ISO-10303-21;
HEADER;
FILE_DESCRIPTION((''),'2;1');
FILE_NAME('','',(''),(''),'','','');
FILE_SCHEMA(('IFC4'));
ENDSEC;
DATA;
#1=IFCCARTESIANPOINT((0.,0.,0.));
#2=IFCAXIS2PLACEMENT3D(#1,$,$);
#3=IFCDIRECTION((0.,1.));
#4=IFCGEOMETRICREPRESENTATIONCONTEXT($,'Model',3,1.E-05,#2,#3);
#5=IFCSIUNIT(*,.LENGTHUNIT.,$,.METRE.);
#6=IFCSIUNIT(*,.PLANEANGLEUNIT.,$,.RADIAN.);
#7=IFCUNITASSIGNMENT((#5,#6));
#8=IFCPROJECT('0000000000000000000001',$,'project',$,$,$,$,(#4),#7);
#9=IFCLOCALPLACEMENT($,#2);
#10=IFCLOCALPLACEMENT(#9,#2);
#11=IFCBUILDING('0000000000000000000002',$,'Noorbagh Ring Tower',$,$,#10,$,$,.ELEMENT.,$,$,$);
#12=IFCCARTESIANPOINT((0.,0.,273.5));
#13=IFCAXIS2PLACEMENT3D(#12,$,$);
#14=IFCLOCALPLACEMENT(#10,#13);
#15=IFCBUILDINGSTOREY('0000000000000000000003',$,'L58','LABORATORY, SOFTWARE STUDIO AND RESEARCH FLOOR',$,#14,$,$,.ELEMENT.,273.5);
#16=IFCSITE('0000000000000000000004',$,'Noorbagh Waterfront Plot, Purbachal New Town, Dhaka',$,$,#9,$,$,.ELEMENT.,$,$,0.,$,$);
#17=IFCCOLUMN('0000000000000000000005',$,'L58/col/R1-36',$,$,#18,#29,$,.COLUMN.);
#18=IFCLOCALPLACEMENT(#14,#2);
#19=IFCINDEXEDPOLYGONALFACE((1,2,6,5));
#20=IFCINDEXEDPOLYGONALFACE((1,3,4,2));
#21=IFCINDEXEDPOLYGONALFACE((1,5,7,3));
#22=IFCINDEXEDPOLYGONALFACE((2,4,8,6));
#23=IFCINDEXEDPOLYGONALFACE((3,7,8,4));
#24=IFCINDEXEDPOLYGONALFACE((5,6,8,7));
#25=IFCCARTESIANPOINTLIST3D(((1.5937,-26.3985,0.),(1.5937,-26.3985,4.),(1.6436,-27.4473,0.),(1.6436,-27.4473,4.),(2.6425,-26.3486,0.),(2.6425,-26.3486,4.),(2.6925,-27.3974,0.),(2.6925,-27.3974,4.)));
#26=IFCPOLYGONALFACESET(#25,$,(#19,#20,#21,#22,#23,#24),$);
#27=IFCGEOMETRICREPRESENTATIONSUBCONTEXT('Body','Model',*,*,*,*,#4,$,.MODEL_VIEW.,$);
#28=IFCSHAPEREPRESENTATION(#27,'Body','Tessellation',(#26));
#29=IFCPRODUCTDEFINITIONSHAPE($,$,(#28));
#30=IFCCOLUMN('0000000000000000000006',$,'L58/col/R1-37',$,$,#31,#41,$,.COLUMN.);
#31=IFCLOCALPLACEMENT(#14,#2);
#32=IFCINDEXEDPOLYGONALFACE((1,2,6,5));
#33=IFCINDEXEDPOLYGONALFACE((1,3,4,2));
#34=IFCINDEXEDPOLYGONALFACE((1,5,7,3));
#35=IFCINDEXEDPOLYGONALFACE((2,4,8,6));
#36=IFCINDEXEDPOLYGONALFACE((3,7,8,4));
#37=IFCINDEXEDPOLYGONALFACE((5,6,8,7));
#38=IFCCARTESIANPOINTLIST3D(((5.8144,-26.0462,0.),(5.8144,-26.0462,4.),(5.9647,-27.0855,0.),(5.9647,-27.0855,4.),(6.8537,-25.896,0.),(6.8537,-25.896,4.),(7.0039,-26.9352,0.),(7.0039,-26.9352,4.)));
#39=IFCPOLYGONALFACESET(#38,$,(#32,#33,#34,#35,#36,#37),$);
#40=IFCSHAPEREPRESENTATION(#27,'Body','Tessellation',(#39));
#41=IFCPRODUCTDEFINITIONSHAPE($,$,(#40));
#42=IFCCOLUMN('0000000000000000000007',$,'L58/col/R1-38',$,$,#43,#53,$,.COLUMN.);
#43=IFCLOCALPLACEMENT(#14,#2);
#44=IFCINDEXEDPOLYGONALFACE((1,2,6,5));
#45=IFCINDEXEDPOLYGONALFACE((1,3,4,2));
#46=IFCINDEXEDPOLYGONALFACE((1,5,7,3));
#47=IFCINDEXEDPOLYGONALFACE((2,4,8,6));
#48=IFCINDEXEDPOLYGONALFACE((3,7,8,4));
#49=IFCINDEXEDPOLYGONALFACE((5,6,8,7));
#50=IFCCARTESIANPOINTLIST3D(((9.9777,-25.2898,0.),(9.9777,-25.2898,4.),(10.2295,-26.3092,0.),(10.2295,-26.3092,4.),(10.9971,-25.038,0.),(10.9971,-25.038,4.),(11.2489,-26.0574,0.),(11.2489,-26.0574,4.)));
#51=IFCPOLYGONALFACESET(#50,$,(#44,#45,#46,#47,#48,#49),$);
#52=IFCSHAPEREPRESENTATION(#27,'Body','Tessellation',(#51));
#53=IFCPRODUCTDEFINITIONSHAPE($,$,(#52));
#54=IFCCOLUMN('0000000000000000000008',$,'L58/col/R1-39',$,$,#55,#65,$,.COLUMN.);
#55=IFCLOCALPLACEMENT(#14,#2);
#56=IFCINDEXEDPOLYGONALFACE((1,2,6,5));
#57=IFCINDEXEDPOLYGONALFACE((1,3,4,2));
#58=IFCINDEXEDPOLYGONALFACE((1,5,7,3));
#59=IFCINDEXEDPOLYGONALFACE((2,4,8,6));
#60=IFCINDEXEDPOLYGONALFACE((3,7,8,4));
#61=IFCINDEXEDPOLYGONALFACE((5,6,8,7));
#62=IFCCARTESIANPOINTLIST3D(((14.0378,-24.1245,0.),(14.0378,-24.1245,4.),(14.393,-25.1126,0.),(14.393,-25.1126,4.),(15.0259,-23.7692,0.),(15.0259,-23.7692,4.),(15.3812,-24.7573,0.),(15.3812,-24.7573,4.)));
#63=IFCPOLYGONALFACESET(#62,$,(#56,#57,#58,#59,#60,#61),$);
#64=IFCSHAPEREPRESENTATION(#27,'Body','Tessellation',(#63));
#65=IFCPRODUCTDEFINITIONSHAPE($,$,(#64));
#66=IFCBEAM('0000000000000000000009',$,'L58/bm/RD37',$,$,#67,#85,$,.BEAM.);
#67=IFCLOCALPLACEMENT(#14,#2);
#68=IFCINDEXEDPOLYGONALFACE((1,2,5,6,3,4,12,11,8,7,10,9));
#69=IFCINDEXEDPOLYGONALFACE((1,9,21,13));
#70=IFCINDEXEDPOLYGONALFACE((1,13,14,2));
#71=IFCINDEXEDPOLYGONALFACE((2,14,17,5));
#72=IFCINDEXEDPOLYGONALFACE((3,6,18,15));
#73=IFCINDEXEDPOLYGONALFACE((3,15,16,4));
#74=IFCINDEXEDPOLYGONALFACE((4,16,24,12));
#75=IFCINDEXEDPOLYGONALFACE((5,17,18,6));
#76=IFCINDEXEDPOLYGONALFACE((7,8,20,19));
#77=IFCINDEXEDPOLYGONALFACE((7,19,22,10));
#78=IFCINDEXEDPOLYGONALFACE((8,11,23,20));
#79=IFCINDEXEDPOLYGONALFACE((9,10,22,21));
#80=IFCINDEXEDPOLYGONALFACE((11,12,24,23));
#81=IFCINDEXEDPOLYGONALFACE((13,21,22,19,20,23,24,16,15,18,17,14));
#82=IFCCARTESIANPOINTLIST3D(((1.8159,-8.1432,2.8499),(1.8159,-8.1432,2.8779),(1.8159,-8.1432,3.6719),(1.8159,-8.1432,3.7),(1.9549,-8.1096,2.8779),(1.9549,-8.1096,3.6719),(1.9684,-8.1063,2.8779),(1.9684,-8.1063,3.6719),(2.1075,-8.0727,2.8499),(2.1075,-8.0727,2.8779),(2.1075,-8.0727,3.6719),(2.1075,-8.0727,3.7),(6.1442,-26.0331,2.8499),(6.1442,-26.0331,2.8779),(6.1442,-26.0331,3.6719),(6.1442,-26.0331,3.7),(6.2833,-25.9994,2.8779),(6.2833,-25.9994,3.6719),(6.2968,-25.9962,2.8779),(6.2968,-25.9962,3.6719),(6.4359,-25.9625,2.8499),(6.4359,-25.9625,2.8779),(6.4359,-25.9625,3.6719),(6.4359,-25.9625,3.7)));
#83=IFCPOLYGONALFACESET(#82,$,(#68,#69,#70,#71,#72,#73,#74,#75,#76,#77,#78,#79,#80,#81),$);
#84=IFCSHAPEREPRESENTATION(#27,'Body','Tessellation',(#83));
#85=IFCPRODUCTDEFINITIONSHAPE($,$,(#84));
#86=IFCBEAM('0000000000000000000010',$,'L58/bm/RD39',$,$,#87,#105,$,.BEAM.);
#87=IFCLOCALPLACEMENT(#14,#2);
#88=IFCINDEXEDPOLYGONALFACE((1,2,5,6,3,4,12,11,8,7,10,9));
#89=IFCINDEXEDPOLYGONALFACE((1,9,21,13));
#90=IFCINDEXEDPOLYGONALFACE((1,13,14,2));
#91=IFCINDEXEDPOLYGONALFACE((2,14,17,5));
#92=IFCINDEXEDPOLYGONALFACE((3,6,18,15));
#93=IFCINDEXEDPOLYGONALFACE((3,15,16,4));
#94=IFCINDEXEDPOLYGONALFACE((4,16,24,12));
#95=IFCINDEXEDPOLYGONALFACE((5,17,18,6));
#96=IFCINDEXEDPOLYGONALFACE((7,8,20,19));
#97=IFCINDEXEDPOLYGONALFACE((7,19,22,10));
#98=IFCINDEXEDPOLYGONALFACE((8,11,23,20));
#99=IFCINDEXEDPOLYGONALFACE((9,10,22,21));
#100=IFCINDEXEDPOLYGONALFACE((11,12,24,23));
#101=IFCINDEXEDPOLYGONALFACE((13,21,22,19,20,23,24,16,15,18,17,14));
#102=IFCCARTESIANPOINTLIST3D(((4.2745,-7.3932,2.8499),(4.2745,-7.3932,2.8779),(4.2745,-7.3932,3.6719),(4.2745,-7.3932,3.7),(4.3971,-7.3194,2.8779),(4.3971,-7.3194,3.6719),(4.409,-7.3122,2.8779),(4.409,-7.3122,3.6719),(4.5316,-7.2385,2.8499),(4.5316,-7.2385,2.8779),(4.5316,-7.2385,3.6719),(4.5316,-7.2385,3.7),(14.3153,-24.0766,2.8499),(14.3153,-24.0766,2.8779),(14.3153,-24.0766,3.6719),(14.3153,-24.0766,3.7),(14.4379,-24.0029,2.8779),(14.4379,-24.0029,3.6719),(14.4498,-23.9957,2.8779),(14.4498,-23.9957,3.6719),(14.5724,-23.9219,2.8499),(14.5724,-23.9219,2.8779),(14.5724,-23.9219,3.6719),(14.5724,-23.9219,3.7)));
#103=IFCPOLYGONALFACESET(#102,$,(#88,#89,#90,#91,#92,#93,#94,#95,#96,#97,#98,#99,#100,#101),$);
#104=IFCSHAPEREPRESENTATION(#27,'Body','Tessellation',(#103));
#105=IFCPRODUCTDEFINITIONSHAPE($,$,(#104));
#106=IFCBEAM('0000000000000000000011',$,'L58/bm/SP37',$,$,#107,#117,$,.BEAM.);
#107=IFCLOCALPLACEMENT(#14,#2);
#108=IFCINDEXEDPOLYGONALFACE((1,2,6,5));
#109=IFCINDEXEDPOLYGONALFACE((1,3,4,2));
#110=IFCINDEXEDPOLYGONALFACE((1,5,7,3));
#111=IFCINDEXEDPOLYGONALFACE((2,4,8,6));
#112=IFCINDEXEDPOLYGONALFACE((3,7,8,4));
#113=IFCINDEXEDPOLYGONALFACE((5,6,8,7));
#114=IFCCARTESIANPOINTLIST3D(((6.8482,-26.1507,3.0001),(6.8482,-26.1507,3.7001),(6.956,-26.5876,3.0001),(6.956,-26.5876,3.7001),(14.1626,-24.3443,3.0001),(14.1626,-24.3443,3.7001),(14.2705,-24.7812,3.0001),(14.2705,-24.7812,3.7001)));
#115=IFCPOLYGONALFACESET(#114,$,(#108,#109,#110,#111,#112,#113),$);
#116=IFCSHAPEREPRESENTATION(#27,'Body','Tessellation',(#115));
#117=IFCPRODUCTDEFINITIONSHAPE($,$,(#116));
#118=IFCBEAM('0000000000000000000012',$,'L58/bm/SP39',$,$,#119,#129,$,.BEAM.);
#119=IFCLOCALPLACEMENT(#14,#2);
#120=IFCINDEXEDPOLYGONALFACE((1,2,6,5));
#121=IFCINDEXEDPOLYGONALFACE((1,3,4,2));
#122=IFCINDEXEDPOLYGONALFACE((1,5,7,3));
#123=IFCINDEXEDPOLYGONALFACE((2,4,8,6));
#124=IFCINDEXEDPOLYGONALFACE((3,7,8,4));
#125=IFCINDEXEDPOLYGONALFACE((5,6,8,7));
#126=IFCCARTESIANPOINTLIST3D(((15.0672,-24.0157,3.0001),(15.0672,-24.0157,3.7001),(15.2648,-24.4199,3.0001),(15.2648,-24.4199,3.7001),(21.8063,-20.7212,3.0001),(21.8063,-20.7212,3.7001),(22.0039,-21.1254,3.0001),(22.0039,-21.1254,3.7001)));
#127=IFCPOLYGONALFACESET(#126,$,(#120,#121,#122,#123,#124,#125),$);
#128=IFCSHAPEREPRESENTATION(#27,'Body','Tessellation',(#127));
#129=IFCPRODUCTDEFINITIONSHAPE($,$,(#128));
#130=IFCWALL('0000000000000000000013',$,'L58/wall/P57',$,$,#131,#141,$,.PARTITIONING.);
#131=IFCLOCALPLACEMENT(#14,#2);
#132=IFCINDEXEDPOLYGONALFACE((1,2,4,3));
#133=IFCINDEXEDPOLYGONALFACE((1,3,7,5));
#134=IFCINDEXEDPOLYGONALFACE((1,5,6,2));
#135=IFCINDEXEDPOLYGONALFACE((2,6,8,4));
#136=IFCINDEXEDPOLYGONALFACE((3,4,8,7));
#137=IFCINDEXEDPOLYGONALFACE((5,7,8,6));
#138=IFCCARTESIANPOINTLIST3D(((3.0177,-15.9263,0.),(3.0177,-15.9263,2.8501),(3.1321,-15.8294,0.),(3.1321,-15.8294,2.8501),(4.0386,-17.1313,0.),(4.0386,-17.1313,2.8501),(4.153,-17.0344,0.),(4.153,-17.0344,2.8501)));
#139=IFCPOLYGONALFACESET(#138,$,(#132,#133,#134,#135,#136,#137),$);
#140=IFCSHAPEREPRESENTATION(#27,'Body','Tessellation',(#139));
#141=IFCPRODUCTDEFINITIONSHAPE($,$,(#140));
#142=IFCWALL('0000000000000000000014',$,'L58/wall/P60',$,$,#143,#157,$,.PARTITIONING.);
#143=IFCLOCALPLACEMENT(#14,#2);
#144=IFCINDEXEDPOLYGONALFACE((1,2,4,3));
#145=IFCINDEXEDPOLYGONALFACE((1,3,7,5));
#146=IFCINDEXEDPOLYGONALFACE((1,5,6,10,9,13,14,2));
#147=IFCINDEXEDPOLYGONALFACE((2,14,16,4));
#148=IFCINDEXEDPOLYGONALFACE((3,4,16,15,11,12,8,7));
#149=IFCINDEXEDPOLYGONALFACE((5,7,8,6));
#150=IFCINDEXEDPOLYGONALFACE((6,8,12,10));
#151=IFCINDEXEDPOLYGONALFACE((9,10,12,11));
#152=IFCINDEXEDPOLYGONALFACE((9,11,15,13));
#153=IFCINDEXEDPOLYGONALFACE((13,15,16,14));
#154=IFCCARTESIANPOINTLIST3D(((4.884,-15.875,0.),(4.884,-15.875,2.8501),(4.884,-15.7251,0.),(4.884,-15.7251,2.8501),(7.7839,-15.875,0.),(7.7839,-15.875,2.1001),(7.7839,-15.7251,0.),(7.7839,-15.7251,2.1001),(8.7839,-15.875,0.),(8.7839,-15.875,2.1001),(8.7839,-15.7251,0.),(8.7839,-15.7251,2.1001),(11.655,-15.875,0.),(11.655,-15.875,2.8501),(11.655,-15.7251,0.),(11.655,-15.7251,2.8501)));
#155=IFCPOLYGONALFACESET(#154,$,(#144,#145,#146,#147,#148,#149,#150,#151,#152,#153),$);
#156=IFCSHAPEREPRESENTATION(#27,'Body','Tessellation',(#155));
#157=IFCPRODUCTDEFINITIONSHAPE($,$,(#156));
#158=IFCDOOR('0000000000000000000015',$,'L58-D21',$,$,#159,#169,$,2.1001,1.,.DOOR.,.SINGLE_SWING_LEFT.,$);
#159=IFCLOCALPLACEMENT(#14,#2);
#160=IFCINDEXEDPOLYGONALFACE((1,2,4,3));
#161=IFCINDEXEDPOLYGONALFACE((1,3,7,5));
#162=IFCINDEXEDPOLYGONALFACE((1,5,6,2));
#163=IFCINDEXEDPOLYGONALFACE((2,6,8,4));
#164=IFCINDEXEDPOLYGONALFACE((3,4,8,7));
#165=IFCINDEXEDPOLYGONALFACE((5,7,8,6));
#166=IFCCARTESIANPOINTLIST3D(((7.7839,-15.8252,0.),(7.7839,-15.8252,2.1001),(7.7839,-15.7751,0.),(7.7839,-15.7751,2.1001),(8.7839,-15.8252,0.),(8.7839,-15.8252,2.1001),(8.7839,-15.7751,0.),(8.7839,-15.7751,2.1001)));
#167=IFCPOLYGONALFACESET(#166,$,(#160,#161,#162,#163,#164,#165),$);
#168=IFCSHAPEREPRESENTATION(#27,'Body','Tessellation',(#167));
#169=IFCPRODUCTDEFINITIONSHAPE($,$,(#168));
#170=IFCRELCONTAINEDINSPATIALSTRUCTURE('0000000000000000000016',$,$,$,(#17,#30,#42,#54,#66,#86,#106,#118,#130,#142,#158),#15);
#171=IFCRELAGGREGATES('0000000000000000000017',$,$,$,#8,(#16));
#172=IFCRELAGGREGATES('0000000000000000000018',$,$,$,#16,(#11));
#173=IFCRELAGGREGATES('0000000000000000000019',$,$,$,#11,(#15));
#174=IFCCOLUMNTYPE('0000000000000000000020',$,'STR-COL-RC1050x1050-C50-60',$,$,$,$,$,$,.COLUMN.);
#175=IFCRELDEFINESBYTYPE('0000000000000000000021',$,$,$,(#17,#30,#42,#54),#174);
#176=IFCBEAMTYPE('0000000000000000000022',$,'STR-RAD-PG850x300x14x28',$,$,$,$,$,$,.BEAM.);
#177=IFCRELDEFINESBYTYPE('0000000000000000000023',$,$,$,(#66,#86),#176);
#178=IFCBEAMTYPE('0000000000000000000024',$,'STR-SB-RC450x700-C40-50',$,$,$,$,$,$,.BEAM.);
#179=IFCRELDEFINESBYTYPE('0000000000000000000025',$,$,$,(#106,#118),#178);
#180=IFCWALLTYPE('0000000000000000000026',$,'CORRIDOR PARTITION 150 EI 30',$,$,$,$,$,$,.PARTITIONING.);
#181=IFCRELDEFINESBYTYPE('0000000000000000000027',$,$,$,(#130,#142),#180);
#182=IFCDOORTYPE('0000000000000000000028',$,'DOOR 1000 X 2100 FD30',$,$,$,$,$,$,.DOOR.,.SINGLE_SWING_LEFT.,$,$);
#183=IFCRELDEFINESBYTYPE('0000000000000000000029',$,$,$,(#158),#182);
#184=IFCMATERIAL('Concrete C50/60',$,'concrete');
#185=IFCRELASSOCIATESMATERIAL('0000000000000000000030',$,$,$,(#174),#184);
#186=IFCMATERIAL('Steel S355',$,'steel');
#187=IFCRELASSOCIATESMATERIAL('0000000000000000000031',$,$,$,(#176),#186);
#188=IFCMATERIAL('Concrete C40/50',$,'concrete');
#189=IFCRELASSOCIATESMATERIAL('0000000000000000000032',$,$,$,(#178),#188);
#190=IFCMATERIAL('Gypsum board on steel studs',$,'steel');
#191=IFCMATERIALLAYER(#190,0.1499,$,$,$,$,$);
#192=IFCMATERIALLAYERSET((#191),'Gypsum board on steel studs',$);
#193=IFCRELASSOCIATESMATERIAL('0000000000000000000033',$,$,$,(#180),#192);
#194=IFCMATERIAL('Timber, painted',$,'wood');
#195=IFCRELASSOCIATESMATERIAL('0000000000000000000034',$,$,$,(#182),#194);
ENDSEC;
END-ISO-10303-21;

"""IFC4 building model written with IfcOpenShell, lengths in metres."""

from ifc_helpers import new_model, si_unit, direction, frame, frame_2d, origin, origin_2d, place, context, subcontext, project, spatial, rectangle, i_section, extrude, material, layer, layer_set, material_profile, profile_set, type_object, element, fill, save


model = new_model("IFC4")

# Units and contexts
model_context = context("Model", 3, precision=1e-05, world=origin(), true_north=direction((0.0, 1.0)))
body_context = subcontext(model_context, "Body", "Model", "MODEL_VIEW")
ifc_project = project(units=[si_unit("LENGTHUNIT", "METRE"), si_unit("PLANEANGLEUNIT", "RADIAN")], contexts=[model_context])

# Site, building, storey
site_placement = place(None, origin())
site = spatial("IfcSite", under=ifc_project, at=site_placement, Name="Noorbagh Waterfront Plot, Purbachal New Town, Dhaka", CompositionType="ELEMENT", RefElevation=0.0)
building_placement = place(site_placement, origin())
building = spatial("IfcBuilding", under=site, at=building_placement, Name="Noorbagh Ring Tower", CompositionType="ELEMENT")
storey_placement = place(building_placement, frame((0.0, 0.0, 273.5)))
storey = spatial("IfcBuildingStorey", under=building, at=storey_placement, Name="L58", Description="LABORATORY, SOFTWARE STUDIO AND RESEARCH FLOOR", CompositionType="ELEMENT", Elevation=273.5)

# Columns
ifc_material_1 = material(Name="Concrete C50/60", Category="concrete")
ifc_material_profile_1 = material_profile(ifc_material_1, rectangle(XDim=1.05, YDim=1.05, at=origin_2d()), Name="RC1050x1050")
ifc_profile_set_1 = profile_set([ifc_material_profile_1], Name="Concrete C50/60")
column_type = type_object("IfcColumnType", Name="STR-COL-RC1050x1050-C50-60", PredefinedType="COLUMN", material=ifc_profile_set_1)
for number, where, z_axis, x_axis, name in (
    (1, (2.1431, -26.8979, 0.0), (0.0, 0.0, 1.0), (0.998869, 0.047553, 0.0), "L58/col/R1-36"),
    (2, (6.4092, -26.4907, 0.0), (0.0, 0.0, 1.0), (0.989713, 0.143066, 0.0), "L58/col/R1-37"),
    (3, (10.6133, -25.6736, 0.0), (0.0, 0.0, 1.0), (0.970829, 0.239771, 0.0), "L58/col/R1-38"),
    (4, (14.7095, -24.4409, 0.0), (0.0, 0.0, 1.0), (0.941025, 0.338338, 0.0), "L58/col/R1-39"),
):
    element("IfcColumn", number, at=place(storey_placement, frame(where, z_axis=z_axis, x_axis=x_axis)), inside=storey, type_object=column_type, Name=name, PredefinedType="COLUMN", context=body_context, shape_type="SweptSolid", body=[
        extrude(rectangle(XDim=1.05, YDim=1.05, at=origin_2d()), origin(), (0.0, 0.0, 1.0), 4.0),
    ])

# Beams
ifc_material_2 = material(Name="Steel S355", Category="steel")
ifc_material_profile_2 = material_profile(ifc_material_2, i_section(OverallWidth=0.3, OverallDepth=0.8501, WebThickness=0.0139, FlangeThickness=0.0281, at=origin_2d()), Name="PG850x300x14x28")
ifc_profile_set_2 = profile_set([ifc_material_profile_2], Name="Steel S355")
beam_type_1 = type_object("IfcBeamType", Name="STR-RAD-PG850x300x14x28", PredefinedType="BEAM", material=ifc_profile_set_2)
beam_1_placement = place(storey_placement, frame((6.29, -25.9978, 3.2749), z_axis=(-0.23516, 0.971957, 0.0), x_axis=(-0.971957, -0.23516, 0.0)))
element("IfcBeam", 5, at=beam_1_placement, inside=storey, type_object=beam_type_1, Name="L58/bm/RD37", PredefinedType="BEAM", context=body_context, shape_type="SweptSolid", body=[
    extrude(i_section(OverallWidth=0.3, OverallDepth=0.8501, WebThickness=0.0139, FlangeThickness=0.0281, at=origin_2d()), origin(), (0.0, 0.0, 1.0), 18.406),
])
beam_2_placement = place(storey_placement, frame((14.4438, -23.9993, 3.2749), z_axis=(-0.515657, 0.856795, 0.0), x_axis=(-0.856795, -0.515657, 0.0)))
element("IfcBeam", 6, at=beam_2_placement, inside=storey, type_object=beam_type_1, Name="L58/bm/RD39", PredefinedType="BEAM", context=body_context, shape_type="SweptSolid", body=[
    extrude(i_section(OverallWidth=0.3, OverallDepth=0.8501, WebThickness=0.0139, FlangeThickness=0.0281, at=origin_2d()), origin(), (0.0, 0.0, 1.0), 19.4719),
])
ifc_material_3 = material(Name="Concrete C40/50", Category="concrete")
ifc_material_profile_3 = material_profile(ifc_material_3, rectangle(XDim=0.45, YDim=0.7, at=origin_2d()), Name="RC450x700")
ifc_profile_set_3 = profile_set([ifc_material_profile_3], Name="Concrete C40/50")
beam_type_2 = type_object("IfcBeamType", Name="STR-SB-RC450x700-C40-50", PredefinedType="BEAM", material=ifc_profile_set_3)
beam_3_placement = place(storey_placement, frame((6.9021, -26.3691, 3.3501), z_axis=(0.970832, 0.239759, 0.0), x_axis=(-0.239759, 0.970832, 0.0)))
element("IfcBeam", 7, at=beam_3_placement, inside=storey, type_object=beam_type_2, Name="L58/bm/SP37", PredefinedType="BEAM", context=body_context, shape_type="SweptSolid", body=[
    extrude(rectangle(XDim=0.45, YDim=0.7, at=origin_2d()), origin(), (0.0, 0.0, 1.0), 7.5342),
])
beam_4_placement = place(storey_placement, frame((15.166, -24.2178, 3.3501), z_axis=(0.898395, 0.439189, 0.0), x_axis=(-0.439189, 0.898395, 0.0)))
element("IfcBeam", 8, at=beam_4_placement, inside=storey, type_object=beam_type_2, Name="L58/bm/SP39", PredefinedType="BEAM", context=body_context, shape_type="SweptSolid", body=[
    extrude(rectangle(XDim=0.45, YDim=0.7, at=origin_2d()), origin(), (0.0, 0.0, 1.0), 7.5012),
])

# Wall
ifc_material_4 = material(Name="Gypsum board on steel studs", Category="steel")
ifc_layer_1 = layer(ifc_material_4, 0.1499)
ifc_layer_set_1 = layer_set([ifc_layer_1], Name="Gypsum board on steel studs")
wall_type_1 = type_object("IfcWallType", Name="CORRIDOR PARTITION 150 EI 30", PredefinedType="PARTITIONING", material=ifc_layer_set_1)
wall_1_placement = place(storey_placement, frame((3.075, -15.8779, 0.0), z_axis=(0.0, 0.0, 1.0), x_axis=(0.646427, -0.762976, 0.0)))
element("IfcWall", 9, at=wall_1_placement, inside=storey, type_object=wall_type_1, Name="L58/wall/P57", PredefinedType="PARTITIONING", context=body_context, shape_type="SweptSolid", body=[
    extrude(rectangle(XDim=1.5793, YDim=0.1499, at=frame_2d((0.7896, 0.0))), origin(), (0.0, 0.0, 1.0), 2.8501),
])

# Wall, opening, door
wall_2_placement = place(storey_placement, frame((4.884, -15.8, 0.0), z_axis=(0.0, 0.0, 1.0), x_axis=(1.0, 0.0, 0.0)))
wall_2 = element("IfcWall", 10, at=wall_2_placement, inside=storey, type_object=wall_type_1, Name="L58/wall/P60", PredefinedType="PARTITIONING", context=body_context, shape_type="SweptSolid", body=[
    extrude(rectangle(XDim=6.771, YDim=0.1499, at=frame_2d((3.3855, 0.0))), origin(), (0.0, 0.0, 1.0), 2.8501),
])
opening_1_placement = place(wall_2_placement, frame((2.8999, 0.0, 0.0)))
opening_1 = element("IfcOpeningElement", 11, at=opening_1_placement, cuts=wall_2, PredefinedType="OPENING", context=body_context, shape_type="SweptSolid", body=[
    extrude(rectangle(XDim=1.0, YDim=2.1001, at=frame_2d((0.5, 1.05))), frame((0.0, 0.085, 0.0), z_axis=(0.0, -1.0, 0.0), x_axis=(1.0, 0.0, 0.0)), (0.0, 0.0, 1.0), 0.1699),
])
ifc_material_5 = material(Name="Timber, painted", Category="wood")
door_type = type_object("IfcDoorType", Name="DOOR 1000 X 2100 FD30", OperationType="SINGLE_SWING_LEFT", PredefinedType="DOOR", material=ifc_material_5)
door_1_placement = place(opening_1_placement, origin())
door_1 = element("IfcDoor", 12, at=door_1_placement, inside=storey, type_object=door_type, Name="L58-D21", OperationType="SINGLE_SWING_LEFT", OverallHeight=2.1001, OverallWidth=1.0, PredefinedType="DOOR", context=body_context, shape_type="SweptSolid", body=[
    extrude(rectangle(XDim=1.0, YDim=2.1001, at=frame_2d((0.5, 1.05))), frame((0.0, 0.0249, 0.0), z_axis=(0.0, -1.0, 0.0), x_axis=(1.0, 0.0, 0.0)), (0.0, 0.0, 1.0), 0.05),
])
fill(opening_1, door_1)

save(model, "model.ifc")
